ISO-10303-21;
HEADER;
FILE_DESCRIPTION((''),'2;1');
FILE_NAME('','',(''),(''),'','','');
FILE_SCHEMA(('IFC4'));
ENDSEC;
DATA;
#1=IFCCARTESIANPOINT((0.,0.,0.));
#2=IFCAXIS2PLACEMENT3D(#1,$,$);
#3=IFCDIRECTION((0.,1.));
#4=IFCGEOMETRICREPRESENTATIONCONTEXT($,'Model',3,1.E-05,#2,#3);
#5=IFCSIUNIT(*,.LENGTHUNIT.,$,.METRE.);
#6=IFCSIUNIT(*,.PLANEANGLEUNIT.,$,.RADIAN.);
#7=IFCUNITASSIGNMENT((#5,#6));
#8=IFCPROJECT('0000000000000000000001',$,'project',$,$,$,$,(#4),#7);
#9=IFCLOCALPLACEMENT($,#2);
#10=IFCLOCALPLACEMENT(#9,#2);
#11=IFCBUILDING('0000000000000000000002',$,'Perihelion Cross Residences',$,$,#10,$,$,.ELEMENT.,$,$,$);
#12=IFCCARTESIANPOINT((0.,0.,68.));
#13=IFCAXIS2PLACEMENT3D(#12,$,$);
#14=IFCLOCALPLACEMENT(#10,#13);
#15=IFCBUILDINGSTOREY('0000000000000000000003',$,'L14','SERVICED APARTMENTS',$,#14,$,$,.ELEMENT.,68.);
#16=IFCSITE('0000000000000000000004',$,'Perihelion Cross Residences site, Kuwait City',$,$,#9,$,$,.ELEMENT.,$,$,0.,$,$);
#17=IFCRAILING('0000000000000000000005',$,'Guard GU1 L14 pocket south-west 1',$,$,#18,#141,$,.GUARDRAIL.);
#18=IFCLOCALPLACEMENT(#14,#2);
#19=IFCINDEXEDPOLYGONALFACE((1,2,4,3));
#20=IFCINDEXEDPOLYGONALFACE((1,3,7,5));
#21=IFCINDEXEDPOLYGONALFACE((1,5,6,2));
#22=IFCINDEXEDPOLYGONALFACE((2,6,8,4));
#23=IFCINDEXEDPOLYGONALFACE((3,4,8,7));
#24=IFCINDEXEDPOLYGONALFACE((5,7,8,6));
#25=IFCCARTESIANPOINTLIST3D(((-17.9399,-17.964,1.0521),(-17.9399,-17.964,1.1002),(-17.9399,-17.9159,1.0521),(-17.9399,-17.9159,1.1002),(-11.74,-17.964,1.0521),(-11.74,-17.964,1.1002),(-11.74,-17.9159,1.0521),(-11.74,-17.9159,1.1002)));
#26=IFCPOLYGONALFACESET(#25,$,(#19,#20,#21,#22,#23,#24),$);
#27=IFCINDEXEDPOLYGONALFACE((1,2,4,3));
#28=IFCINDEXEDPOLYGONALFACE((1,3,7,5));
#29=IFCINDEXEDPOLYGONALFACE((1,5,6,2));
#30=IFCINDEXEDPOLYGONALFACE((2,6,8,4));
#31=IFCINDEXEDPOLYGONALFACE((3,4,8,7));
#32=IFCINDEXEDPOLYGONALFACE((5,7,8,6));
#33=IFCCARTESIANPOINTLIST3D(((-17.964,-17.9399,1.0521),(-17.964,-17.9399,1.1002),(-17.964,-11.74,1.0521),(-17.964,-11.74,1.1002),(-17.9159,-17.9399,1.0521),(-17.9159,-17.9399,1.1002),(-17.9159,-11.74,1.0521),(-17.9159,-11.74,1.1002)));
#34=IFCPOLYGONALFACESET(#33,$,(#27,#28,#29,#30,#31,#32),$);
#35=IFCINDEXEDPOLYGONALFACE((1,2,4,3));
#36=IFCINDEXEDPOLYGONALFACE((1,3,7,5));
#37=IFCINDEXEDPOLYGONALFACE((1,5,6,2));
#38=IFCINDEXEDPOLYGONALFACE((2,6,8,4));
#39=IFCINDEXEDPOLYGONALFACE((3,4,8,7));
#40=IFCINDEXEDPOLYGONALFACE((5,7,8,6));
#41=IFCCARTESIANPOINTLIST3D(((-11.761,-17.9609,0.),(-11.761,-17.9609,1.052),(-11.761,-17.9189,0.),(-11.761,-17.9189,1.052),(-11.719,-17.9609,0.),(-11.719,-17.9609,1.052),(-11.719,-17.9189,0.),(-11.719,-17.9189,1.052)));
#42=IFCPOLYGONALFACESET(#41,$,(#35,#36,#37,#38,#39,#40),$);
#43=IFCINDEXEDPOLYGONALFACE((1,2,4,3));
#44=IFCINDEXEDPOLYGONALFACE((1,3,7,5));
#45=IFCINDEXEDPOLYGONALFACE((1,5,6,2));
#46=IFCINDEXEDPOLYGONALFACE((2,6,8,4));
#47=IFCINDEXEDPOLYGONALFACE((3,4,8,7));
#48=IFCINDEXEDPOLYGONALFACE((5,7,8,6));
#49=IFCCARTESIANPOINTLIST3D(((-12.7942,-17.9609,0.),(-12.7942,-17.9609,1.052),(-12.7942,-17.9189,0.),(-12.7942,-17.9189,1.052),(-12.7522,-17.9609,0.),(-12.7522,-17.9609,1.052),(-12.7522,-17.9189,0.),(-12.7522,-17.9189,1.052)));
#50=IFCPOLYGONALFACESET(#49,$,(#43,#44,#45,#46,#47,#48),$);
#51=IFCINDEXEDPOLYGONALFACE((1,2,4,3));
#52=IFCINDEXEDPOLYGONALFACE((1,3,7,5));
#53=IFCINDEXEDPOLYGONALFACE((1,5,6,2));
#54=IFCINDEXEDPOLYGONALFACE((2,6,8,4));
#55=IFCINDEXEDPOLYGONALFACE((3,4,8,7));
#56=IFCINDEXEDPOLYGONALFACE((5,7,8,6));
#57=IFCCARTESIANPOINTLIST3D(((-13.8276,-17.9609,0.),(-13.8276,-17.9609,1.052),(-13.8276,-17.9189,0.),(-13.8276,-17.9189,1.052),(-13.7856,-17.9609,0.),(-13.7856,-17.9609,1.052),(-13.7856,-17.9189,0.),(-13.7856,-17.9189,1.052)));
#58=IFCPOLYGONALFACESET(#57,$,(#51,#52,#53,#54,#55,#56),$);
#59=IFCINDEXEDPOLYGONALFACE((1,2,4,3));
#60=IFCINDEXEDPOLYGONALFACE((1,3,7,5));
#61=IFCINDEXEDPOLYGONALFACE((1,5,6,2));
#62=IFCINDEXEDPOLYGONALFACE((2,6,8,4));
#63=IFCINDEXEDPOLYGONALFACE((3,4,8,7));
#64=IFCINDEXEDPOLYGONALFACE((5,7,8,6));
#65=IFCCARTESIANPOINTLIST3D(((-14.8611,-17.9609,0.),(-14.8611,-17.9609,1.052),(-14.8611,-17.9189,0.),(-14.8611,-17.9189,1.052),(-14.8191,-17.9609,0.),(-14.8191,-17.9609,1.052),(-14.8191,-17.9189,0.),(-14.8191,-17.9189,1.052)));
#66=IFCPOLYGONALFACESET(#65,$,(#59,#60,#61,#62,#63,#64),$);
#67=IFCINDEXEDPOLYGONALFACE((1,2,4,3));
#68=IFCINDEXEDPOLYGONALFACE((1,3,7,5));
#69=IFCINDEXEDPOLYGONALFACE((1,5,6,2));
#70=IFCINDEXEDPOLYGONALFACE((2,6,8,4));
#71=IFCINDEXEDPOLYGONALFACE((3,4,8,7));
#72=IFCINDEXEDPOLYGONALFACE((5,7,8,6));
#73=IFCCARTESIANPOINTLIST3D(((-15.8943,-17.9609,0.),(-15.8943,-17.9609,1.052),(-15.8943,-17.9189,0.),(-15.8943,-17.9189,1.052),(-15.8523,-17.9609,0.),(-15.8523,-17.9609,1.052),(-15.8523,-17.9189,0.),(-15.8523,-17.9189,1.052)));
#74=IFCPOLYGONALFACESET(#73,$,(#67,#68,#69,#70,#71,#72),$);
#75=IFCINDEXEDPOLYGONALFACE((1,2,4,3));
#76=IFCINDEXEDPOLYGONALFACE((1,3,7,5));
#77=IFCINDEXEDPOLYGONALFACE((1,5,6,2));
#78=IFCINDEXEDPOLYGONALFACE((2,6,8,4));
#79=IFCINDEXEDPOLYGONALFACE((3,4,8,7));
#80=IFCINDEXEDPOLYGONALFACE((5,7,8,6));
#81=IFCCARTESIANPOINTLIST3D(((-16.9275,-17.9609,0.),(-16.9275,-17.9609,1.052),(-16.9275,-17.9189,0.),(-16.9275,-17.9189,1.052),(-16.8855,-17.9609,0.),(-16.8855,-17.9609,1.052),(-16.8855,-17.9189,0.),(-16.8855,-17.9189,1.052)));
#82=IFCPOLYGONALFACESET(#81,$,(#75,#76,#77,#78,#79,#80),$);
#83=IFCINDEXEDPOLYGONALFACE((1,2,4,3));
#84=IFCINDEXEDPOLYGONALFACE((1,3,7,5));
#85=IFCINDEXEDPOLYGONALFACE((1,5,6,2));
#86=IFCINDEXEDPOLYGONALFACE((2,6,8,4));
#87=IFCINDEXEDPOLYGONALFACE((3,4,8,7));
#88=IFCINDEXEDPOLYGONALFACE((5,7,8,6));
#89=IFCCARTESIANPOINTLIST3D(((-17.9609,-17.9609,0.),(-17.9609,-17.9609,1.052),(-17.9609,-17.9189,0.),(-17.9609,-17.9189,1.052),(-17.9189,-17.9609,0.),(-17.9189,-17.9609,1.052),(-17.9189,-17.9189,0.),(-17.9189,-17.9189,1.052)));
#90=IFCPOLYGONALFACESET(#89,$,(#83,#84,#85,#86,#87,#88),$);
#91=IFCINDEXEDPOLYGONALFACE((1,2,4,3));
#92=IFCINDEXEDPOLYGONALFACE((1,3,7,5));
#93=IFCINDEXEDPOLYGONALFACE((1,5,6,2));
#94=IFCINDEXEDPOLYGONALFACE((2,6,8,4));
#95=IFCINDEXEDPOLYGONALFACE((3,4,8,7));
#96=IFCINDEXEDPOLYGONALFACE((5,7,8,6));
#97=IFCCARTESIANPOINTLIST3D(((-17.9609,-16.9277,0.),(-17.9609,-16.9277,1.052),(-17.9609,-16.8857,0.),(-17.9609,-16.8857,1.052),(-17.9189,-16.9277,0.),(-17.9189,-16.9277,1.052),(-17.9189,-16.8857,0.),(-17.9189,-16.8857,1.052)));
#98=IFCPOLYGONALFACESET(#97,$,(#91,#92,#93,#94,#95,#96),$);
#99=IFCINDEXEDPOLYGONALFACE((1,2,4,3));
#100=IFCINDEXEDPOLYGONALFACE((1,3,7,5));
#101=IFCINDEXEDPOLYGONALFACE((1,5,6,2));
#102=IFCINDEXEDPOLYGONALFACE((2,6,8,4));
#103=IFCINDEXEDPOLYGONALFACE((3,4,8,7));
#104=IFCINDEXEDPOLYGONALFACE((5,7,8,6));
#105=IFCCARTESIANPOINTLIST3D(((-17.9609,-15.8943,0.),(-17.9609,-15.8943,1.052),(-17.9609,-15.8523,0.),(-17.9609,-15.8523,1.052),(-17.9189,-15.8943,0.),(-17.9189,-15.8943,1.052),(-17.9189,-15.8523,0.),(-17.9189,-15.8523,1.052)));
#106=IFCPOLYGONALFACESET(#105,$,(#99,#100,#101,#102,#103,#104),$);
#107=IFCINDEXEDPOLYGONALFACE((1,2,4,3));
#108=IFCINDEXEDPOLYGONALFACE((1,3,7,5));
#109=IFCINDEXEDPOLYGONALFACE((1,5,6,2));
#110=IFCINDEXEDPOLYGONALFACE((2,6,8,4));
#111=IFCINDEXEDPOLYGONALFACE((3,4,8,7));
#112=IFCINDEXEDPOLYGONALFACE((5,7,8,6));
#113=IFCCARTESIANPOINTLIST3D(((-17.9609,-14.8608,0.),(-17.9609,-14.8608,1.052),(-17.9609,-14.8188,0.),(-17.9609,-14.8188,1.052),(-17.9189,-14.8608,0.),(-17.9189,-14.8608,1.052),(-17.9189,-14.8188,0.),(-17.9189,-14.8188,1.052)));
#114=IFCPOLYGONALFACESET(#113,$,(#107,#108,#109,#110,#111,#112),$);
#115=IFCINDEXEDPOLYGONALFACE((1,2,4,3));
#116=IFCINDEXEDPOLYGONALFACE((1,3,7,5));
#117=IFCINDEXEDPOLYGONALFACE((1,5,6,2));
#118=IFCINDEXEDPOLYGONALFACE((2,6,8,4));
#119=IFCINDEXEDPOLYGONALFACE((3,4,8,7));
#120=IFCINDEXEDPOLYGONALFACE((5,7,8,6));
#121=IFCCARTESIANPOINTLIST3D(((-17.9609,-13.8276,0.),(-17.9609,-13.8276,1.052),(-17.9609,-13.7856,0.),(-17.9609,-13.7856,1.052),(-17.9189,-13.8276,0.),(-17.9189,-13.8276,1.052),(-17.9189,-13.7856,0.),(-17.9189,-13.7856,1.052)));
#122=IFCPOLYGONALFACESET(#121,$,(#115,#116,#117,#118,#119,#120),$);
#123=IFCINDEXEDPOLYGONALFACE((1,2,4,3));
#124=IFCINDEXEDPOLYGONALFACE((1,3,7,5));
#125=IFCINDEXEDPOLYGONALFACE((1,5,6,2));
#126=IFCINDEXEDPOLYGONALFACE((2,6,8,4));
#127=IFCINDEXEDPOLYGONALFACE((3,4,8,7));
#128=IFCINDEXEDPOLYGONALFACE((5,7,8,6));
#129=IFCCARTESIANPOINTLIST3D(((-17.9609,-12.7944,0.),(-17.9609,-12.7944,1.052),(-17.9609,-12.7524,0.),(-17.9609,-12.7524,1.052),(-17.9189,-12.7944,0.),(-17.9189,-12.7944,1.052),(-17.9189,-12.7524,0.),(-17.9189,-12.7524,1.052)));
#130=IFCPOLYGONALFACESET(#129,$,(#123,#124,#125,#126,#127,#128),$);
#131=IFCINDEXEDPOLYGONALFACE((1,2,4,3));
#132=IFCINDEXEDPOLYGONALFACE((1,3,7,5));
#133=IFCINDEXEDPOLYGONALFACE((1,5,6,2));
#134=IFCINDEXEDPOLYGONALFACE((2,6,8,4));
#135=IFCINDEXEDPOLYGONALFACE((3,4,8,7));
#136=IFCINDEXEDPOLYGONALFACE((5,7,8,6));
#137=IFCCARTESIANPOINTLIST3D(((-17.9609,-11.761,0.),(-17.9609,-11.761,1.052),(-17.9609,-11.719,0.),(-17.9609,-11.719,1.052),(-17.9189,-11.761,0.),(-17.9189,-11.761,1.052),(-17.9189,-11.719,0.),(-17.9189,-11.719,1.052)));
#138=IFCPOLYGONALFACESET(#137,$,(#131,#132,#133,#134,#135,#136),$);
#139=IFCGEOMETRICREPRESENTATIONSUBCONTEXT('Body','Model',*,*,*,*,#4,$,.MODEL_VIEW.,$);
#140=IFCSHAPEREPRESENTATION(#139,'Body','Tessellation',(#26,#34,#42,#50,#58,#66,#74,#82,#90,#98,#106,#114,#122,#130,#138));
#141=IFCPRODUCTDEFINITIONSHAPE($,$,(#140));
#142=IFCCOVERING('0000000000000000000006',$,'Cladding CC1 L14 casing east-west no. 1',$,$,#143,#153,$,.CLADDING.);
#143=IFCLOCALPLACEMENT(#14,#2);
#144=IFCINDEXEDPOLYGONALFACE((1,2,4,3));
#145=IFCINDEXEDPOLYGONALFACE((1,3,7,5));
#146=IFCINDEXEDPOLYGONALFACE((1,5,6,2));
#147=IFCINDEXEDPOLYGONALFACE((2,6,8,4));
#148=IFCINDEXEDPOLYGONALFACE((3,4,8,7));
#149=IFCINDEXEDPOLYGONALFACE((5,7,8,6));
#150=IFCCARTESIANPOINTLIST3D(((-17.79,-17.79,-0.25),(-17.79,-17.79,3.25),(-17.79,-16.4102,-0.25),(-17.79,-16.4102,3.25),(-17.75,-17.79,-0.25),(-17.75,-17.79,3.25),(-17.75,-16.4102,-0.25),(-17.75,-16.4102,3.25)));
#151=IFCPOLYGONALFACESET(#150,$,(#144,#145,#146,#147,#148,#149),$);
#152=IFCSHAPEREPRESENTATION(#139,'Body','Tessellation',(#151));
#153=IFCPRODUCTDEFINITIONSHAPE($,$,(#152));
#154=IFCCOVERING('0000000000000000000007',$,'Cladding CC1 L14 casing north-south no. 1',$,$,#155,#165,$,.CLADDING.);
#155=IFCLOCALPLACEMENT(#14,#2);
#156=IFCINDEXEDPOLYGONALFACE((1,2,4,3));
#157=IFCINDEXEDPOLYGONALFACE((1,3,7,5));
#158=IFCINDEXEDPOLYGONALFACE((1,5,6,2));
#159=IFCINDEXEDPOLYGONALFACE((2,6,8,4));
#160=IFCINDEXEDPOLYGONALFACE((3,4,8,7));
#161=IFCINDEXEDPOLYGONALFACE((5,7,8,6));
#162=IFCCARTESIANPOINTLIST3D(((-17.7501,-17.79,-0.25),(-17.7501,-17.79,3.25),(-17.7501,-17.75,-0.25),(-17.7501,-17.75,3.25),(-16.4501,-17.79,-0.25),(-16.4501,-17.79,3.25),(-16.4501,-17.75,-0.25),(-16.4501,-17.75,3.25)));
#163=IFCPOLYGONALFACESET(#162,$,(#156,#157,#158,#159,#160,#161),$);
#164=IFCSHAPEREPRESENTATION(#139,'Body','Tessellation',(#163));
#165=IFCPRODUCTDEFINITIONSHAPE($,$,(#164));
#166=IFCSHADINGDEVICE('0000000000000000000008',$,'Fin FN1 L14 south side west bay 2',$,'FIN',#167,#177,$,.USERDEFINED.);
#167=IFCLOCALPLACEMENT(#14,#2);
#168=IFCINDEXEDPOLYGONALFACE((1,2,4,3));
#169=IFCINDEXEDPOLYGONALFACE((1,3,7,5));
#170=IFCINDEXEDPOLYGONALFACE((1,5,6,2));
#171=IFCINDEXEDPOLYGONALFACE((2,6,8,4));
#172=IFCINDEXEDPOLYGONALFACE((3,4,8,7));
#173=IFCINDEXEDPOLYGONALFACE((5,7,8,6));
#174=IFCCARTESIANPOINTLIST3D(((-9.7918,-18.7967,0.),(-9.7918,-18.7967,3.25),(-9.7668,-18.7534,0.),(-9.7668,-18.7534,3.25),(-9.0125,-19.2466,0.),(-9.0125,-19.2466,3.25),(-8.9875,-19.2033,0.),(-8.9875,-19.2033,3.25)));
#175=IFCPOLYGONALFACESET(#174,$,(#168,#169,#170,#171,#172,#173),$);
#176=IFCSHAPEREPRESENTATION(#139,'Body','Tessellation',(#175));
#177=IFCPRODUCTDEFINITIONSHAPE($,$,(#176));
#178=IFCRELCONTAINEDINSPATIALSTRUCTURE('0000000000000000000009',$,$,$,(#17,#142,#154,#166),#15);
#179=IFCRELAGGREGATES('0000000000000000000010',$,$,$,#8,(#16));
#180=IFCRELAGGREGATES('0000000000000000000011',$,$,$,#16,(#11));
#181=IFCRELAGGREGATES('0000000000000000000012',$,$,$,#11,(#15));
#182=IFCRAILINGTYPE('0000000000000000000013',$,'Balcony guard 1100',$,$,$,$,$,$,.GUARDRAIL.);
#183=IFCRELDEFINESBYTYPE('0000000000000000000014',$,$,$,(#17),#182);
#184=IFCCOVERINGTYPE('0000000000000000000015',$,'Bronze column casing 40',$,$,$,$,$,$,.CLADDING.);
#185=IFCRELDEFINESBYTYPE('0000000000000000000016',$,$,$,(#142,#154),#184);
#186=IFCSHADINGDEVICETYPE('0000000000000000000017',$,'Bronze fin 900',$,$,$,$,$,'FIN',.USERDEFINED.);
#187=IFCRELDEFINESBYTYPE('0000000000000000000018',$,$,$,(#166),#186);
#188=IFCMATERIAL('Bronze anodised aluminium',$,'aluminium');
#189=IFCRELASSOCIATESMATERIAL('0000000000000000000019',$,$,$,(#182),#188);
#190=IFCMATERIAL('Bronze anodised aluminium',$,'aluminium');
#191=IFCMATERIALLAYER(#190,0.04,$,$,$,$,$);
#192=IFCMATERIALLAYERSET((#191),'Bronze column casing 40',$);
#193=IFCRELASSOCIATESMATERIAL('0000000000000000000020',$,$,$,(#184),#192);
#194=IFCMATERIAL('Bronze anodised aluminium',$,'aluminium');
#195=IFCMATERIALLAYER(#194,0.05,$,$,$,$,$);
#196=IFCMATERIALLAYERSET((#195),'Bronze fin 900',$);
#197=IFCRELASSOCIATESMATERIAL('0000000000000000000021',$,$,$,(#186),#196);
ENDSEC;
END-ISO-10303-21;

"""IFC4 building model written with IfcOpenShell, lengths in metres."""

from ifc_helpers import new_model, si_unit, direction, frame, origin, origin_2d, place, context, subcontext, project, spatial, rectangle, extrude, material, layer, layer_set, type_object, element, save


model = new_model("IFC4")

# Units and contexts
model_context = context("Model", 3, precision=1e-05, world=origin(), true_north=direction((0.0, 1.0)))
body_context = subcontext(model_context, "Body", "Model", "MODEL_VIEW")
ifc_project = project(units=[si_unit("LENGTHUNIT", "METRE"), si_unit("PLANEANGLEUNIT", "RADIAN")], contexts=[model_context])

# Site, building, storey
site_placement = place(None, origin())
site = spatial("IfcSite", under=ifc_project, at=site_placement, Name="Perihelion Cross Residences site, Kuwait City", CompositionType="ELEMENT", RefElevation=0.0)
building_placement = place(site_placement, origin())
building = spatial("IfcBuilding", under=site, at=building_placement, Name="Perihelion Cross Residences", CompositionType="ELEMENT")
storey_placement = place(building_placement, frame((0.0, 0.0, 68.0)))
storey = spatial("IfcBuildingStorey", under=building, at=storey_placement, Name="L14", Description="SERVICED APARTMENTS", CompositionType="ELEMENT", Elevation=68.0)

# Railing
ifc_material_1 = material(Name="Bronze anodised aluminium", Category="aluminium")
railing_type = type_object("IfcRailingType", Name="Balcony guard 1100", PredefinedType="GUARDRAIL", material=ifc_material_1)
railing_1_placement = place(storey_placement, frame((-11.74, -17.9399, 0.0)))
element("IfcRailing", 1, at=railing_1_placement, inside=storey, type_object=railing_type, Name="Guard GU1 L14 pocket south-west 1", PredefinedType="GUARDRAIL", context=body_context, shape_type="SweptSolid", body=[
    extrude(rectangle(XDim=0.0481, YDim=0.0481, at=origin_2d()), frame((0.0, 0.0, 1.0762), z_axis=(-1.0, 0.0, 0.0), x_axis=(0.0, -1.0, 0.0)), (0.0, 0.0, 1.0), 6.2),
    extrude(rectangle(XDim=0.0481, YDim=0.0481, at=origin_2d()), frame((-6.2, 0.0, 1.0762), z_axis=(0.0, 1.0, 0.0), x_axis=(-1.0, 0.0, 0.0)), (0.0, 0.0, 1.0), 6.2),
    extrude(rectangle(XDim=0.042, YDim=0.042, at=origin_2d()), origin(), (0.0, 0.0, 1.0), 1.052),
    extrude(rectangle(XDim=0.042, YDim=0.042, at=origin_2d()), frame((-1.0332, 0.0, 0.0)), (0.0, 0.0, 1.0), 1.052),
    extrude(rectangle(XDim=0.042, YDim=0.042, at=origin_2d()), frame((-2.0667, 0.0, 0.0)), (0.0, 0.0, 1.0), 1.052),
    extrude(rectangle(XDim=0.042, YDim=0.042, at=origin_2d()), frame((-3.1001, 0.0, 0.0)), (0.0, 0.0, 1.0), 1.052),
    extrude(rectangle(XDim=0.042, YDim=0.042, at=origin_2d()), frame((-4.1333, 0.0, 0.0)), (0.0, 0.0, 1.0), 1.052),
    extrude(rectangle(XDim=0.042, YDim=0.042, at=origin_2d()), frame((-5.1665, 0.0, 0.0)), (0.0, 0.0, 1.0), 1.052),
    extrude(rectangle(XDim=0.042, YDim=0.042, at=origin_2d()), frame((-6.2, 0.0, 0.0)), (0.0, 0.0, 1.0), 1.052),
    extrude(rectangle(XDim=0.042, YDim=0.042, at=origin_2d()), frame((-6.2, 1.0332, 0.0)), (0.0, 0.0, 1.0), 1.052),
    extrude(rectangle(XDim=0.042, YDim=0.042, at=origin_2d()), frame((-6.2, 2.0667, 0.0)), (0.0, 0.0, 1.0), 1.052),
    extrude(rectangle(XDim=0.042, YDim=0.042, at=origin_2d()), frame((-6.2, 3.1001, 0.0)), (0.0, 0.0, 1.0), 1.052),
    extrude(rectangle(XDim=0.042, YDim=0.042, at=origin_2d()), frame((-6.2, 4.1333, 0.0)), (0.0, 0.0, 1.0), 1.052),
    extrude(rectangle(XDim=0.042, YDim=0.042, at=origin_2d()), frame((-6.2, 5.1665, 0.0)), (0.0, 0.0, 1.0), 1.052),
    extrude(rectangle(XDim=0.042, YDim=0.042, at=origin_2d()), frame((-6.2, 6.2, 0.0)), (0.0, 0.0, 1.0), 1.052),
])

# Coverings
ifc_material_2 = material(Name="Bronze anodised aluminium", Category="aluminium")
ifc_layer_1 = layer(ifc_material_2, 0.04)
ifc_layer_set_1 = layer_set([ifc_layer_1], Name="Bronze column casing 40")
covering_type = type_object("IfcCoveringType", Name="Bronze column casing 40", PredefinedType="CLADDING", material=ifc_layer_set_1)
covering_1_placement = place(storey_placement, frame((-17.77, -17.1001, -0.25), z_axis=(0.0, 0.0, 1.0), x_axis=(1.0, 0.0, 0.0)))
element("IfcCovering", 2, at=covering_1_placement, inside=storey, type_object=covering_type, Name="Cladding CC1 L14 casing east-west no. 1", PredefinedType="CLADDING", context=body_context, shape_type="SweptSolid", body=[
    extrude(rectangle(XDim=0.04, YDim=1.3799, at=origin_2d()), origin(), (0.0, 0.0, 1.0), 3.5),
])
covering_2_placement = place(storey_placement, frame((-17.1001, -17.77, -0.25), z_axis=(0.0, 0.0, 1.0), x_axis=(1.0, 0.0, 0.0)))
element("IfcCovering", 3, at=covering_2_placement, inside=storey, type_object=covering_type, Name="Cladding CC1 L14 casing north-south no. 1", PredefinedType="CLADDING", context=body_context, shape_type="SweptSolid", body=[
    extrude(rectangle(XDim=1.3, YDim=0.04, at=origin_2d()), origin(), (0.0, 0.0, 1.0), 3.5),
])

# Shading device
ifc_material_3 = material(Name="Bronze anodised aluminium", Category="aluminium")
ifc_layer_2 = layer(ifc_material_3, 0.05)
ifc_layer_set_2 = layer_set([ifc_layer_2], Name="Bronze fin 900")
shading_device_type = type_object("IfcShadingDeviceType", Name="Bronze fin 900", ElementType="FIN", PredefinedType="USERDEFINED", material=ifc_layer_set_2)
shading_device_placement = place(storey_placement, frame((-9.3896, -19.0, 0.0), z_axis=(0.0, 0.0, 1.0), x_axis=(-0.866025, 0.5, 0.0)))
element("IfcShadingDevice", 4, at=shading_device_placement, inside=storey, type_object=shading_device_type, Name="Fin FN1 L14 south side west bay 2", ObjectType="FIN", PredefinedType="USERDEFINED", context=body_context, shape_type="SweptSolid", body=[
    extrude(rectangle(XDim=0.8999, YDim=0.05, at=origin_2d()), origin(), (0.0, 0.0, 1.0), 3.25),
])

save(model, "model.ifc")
